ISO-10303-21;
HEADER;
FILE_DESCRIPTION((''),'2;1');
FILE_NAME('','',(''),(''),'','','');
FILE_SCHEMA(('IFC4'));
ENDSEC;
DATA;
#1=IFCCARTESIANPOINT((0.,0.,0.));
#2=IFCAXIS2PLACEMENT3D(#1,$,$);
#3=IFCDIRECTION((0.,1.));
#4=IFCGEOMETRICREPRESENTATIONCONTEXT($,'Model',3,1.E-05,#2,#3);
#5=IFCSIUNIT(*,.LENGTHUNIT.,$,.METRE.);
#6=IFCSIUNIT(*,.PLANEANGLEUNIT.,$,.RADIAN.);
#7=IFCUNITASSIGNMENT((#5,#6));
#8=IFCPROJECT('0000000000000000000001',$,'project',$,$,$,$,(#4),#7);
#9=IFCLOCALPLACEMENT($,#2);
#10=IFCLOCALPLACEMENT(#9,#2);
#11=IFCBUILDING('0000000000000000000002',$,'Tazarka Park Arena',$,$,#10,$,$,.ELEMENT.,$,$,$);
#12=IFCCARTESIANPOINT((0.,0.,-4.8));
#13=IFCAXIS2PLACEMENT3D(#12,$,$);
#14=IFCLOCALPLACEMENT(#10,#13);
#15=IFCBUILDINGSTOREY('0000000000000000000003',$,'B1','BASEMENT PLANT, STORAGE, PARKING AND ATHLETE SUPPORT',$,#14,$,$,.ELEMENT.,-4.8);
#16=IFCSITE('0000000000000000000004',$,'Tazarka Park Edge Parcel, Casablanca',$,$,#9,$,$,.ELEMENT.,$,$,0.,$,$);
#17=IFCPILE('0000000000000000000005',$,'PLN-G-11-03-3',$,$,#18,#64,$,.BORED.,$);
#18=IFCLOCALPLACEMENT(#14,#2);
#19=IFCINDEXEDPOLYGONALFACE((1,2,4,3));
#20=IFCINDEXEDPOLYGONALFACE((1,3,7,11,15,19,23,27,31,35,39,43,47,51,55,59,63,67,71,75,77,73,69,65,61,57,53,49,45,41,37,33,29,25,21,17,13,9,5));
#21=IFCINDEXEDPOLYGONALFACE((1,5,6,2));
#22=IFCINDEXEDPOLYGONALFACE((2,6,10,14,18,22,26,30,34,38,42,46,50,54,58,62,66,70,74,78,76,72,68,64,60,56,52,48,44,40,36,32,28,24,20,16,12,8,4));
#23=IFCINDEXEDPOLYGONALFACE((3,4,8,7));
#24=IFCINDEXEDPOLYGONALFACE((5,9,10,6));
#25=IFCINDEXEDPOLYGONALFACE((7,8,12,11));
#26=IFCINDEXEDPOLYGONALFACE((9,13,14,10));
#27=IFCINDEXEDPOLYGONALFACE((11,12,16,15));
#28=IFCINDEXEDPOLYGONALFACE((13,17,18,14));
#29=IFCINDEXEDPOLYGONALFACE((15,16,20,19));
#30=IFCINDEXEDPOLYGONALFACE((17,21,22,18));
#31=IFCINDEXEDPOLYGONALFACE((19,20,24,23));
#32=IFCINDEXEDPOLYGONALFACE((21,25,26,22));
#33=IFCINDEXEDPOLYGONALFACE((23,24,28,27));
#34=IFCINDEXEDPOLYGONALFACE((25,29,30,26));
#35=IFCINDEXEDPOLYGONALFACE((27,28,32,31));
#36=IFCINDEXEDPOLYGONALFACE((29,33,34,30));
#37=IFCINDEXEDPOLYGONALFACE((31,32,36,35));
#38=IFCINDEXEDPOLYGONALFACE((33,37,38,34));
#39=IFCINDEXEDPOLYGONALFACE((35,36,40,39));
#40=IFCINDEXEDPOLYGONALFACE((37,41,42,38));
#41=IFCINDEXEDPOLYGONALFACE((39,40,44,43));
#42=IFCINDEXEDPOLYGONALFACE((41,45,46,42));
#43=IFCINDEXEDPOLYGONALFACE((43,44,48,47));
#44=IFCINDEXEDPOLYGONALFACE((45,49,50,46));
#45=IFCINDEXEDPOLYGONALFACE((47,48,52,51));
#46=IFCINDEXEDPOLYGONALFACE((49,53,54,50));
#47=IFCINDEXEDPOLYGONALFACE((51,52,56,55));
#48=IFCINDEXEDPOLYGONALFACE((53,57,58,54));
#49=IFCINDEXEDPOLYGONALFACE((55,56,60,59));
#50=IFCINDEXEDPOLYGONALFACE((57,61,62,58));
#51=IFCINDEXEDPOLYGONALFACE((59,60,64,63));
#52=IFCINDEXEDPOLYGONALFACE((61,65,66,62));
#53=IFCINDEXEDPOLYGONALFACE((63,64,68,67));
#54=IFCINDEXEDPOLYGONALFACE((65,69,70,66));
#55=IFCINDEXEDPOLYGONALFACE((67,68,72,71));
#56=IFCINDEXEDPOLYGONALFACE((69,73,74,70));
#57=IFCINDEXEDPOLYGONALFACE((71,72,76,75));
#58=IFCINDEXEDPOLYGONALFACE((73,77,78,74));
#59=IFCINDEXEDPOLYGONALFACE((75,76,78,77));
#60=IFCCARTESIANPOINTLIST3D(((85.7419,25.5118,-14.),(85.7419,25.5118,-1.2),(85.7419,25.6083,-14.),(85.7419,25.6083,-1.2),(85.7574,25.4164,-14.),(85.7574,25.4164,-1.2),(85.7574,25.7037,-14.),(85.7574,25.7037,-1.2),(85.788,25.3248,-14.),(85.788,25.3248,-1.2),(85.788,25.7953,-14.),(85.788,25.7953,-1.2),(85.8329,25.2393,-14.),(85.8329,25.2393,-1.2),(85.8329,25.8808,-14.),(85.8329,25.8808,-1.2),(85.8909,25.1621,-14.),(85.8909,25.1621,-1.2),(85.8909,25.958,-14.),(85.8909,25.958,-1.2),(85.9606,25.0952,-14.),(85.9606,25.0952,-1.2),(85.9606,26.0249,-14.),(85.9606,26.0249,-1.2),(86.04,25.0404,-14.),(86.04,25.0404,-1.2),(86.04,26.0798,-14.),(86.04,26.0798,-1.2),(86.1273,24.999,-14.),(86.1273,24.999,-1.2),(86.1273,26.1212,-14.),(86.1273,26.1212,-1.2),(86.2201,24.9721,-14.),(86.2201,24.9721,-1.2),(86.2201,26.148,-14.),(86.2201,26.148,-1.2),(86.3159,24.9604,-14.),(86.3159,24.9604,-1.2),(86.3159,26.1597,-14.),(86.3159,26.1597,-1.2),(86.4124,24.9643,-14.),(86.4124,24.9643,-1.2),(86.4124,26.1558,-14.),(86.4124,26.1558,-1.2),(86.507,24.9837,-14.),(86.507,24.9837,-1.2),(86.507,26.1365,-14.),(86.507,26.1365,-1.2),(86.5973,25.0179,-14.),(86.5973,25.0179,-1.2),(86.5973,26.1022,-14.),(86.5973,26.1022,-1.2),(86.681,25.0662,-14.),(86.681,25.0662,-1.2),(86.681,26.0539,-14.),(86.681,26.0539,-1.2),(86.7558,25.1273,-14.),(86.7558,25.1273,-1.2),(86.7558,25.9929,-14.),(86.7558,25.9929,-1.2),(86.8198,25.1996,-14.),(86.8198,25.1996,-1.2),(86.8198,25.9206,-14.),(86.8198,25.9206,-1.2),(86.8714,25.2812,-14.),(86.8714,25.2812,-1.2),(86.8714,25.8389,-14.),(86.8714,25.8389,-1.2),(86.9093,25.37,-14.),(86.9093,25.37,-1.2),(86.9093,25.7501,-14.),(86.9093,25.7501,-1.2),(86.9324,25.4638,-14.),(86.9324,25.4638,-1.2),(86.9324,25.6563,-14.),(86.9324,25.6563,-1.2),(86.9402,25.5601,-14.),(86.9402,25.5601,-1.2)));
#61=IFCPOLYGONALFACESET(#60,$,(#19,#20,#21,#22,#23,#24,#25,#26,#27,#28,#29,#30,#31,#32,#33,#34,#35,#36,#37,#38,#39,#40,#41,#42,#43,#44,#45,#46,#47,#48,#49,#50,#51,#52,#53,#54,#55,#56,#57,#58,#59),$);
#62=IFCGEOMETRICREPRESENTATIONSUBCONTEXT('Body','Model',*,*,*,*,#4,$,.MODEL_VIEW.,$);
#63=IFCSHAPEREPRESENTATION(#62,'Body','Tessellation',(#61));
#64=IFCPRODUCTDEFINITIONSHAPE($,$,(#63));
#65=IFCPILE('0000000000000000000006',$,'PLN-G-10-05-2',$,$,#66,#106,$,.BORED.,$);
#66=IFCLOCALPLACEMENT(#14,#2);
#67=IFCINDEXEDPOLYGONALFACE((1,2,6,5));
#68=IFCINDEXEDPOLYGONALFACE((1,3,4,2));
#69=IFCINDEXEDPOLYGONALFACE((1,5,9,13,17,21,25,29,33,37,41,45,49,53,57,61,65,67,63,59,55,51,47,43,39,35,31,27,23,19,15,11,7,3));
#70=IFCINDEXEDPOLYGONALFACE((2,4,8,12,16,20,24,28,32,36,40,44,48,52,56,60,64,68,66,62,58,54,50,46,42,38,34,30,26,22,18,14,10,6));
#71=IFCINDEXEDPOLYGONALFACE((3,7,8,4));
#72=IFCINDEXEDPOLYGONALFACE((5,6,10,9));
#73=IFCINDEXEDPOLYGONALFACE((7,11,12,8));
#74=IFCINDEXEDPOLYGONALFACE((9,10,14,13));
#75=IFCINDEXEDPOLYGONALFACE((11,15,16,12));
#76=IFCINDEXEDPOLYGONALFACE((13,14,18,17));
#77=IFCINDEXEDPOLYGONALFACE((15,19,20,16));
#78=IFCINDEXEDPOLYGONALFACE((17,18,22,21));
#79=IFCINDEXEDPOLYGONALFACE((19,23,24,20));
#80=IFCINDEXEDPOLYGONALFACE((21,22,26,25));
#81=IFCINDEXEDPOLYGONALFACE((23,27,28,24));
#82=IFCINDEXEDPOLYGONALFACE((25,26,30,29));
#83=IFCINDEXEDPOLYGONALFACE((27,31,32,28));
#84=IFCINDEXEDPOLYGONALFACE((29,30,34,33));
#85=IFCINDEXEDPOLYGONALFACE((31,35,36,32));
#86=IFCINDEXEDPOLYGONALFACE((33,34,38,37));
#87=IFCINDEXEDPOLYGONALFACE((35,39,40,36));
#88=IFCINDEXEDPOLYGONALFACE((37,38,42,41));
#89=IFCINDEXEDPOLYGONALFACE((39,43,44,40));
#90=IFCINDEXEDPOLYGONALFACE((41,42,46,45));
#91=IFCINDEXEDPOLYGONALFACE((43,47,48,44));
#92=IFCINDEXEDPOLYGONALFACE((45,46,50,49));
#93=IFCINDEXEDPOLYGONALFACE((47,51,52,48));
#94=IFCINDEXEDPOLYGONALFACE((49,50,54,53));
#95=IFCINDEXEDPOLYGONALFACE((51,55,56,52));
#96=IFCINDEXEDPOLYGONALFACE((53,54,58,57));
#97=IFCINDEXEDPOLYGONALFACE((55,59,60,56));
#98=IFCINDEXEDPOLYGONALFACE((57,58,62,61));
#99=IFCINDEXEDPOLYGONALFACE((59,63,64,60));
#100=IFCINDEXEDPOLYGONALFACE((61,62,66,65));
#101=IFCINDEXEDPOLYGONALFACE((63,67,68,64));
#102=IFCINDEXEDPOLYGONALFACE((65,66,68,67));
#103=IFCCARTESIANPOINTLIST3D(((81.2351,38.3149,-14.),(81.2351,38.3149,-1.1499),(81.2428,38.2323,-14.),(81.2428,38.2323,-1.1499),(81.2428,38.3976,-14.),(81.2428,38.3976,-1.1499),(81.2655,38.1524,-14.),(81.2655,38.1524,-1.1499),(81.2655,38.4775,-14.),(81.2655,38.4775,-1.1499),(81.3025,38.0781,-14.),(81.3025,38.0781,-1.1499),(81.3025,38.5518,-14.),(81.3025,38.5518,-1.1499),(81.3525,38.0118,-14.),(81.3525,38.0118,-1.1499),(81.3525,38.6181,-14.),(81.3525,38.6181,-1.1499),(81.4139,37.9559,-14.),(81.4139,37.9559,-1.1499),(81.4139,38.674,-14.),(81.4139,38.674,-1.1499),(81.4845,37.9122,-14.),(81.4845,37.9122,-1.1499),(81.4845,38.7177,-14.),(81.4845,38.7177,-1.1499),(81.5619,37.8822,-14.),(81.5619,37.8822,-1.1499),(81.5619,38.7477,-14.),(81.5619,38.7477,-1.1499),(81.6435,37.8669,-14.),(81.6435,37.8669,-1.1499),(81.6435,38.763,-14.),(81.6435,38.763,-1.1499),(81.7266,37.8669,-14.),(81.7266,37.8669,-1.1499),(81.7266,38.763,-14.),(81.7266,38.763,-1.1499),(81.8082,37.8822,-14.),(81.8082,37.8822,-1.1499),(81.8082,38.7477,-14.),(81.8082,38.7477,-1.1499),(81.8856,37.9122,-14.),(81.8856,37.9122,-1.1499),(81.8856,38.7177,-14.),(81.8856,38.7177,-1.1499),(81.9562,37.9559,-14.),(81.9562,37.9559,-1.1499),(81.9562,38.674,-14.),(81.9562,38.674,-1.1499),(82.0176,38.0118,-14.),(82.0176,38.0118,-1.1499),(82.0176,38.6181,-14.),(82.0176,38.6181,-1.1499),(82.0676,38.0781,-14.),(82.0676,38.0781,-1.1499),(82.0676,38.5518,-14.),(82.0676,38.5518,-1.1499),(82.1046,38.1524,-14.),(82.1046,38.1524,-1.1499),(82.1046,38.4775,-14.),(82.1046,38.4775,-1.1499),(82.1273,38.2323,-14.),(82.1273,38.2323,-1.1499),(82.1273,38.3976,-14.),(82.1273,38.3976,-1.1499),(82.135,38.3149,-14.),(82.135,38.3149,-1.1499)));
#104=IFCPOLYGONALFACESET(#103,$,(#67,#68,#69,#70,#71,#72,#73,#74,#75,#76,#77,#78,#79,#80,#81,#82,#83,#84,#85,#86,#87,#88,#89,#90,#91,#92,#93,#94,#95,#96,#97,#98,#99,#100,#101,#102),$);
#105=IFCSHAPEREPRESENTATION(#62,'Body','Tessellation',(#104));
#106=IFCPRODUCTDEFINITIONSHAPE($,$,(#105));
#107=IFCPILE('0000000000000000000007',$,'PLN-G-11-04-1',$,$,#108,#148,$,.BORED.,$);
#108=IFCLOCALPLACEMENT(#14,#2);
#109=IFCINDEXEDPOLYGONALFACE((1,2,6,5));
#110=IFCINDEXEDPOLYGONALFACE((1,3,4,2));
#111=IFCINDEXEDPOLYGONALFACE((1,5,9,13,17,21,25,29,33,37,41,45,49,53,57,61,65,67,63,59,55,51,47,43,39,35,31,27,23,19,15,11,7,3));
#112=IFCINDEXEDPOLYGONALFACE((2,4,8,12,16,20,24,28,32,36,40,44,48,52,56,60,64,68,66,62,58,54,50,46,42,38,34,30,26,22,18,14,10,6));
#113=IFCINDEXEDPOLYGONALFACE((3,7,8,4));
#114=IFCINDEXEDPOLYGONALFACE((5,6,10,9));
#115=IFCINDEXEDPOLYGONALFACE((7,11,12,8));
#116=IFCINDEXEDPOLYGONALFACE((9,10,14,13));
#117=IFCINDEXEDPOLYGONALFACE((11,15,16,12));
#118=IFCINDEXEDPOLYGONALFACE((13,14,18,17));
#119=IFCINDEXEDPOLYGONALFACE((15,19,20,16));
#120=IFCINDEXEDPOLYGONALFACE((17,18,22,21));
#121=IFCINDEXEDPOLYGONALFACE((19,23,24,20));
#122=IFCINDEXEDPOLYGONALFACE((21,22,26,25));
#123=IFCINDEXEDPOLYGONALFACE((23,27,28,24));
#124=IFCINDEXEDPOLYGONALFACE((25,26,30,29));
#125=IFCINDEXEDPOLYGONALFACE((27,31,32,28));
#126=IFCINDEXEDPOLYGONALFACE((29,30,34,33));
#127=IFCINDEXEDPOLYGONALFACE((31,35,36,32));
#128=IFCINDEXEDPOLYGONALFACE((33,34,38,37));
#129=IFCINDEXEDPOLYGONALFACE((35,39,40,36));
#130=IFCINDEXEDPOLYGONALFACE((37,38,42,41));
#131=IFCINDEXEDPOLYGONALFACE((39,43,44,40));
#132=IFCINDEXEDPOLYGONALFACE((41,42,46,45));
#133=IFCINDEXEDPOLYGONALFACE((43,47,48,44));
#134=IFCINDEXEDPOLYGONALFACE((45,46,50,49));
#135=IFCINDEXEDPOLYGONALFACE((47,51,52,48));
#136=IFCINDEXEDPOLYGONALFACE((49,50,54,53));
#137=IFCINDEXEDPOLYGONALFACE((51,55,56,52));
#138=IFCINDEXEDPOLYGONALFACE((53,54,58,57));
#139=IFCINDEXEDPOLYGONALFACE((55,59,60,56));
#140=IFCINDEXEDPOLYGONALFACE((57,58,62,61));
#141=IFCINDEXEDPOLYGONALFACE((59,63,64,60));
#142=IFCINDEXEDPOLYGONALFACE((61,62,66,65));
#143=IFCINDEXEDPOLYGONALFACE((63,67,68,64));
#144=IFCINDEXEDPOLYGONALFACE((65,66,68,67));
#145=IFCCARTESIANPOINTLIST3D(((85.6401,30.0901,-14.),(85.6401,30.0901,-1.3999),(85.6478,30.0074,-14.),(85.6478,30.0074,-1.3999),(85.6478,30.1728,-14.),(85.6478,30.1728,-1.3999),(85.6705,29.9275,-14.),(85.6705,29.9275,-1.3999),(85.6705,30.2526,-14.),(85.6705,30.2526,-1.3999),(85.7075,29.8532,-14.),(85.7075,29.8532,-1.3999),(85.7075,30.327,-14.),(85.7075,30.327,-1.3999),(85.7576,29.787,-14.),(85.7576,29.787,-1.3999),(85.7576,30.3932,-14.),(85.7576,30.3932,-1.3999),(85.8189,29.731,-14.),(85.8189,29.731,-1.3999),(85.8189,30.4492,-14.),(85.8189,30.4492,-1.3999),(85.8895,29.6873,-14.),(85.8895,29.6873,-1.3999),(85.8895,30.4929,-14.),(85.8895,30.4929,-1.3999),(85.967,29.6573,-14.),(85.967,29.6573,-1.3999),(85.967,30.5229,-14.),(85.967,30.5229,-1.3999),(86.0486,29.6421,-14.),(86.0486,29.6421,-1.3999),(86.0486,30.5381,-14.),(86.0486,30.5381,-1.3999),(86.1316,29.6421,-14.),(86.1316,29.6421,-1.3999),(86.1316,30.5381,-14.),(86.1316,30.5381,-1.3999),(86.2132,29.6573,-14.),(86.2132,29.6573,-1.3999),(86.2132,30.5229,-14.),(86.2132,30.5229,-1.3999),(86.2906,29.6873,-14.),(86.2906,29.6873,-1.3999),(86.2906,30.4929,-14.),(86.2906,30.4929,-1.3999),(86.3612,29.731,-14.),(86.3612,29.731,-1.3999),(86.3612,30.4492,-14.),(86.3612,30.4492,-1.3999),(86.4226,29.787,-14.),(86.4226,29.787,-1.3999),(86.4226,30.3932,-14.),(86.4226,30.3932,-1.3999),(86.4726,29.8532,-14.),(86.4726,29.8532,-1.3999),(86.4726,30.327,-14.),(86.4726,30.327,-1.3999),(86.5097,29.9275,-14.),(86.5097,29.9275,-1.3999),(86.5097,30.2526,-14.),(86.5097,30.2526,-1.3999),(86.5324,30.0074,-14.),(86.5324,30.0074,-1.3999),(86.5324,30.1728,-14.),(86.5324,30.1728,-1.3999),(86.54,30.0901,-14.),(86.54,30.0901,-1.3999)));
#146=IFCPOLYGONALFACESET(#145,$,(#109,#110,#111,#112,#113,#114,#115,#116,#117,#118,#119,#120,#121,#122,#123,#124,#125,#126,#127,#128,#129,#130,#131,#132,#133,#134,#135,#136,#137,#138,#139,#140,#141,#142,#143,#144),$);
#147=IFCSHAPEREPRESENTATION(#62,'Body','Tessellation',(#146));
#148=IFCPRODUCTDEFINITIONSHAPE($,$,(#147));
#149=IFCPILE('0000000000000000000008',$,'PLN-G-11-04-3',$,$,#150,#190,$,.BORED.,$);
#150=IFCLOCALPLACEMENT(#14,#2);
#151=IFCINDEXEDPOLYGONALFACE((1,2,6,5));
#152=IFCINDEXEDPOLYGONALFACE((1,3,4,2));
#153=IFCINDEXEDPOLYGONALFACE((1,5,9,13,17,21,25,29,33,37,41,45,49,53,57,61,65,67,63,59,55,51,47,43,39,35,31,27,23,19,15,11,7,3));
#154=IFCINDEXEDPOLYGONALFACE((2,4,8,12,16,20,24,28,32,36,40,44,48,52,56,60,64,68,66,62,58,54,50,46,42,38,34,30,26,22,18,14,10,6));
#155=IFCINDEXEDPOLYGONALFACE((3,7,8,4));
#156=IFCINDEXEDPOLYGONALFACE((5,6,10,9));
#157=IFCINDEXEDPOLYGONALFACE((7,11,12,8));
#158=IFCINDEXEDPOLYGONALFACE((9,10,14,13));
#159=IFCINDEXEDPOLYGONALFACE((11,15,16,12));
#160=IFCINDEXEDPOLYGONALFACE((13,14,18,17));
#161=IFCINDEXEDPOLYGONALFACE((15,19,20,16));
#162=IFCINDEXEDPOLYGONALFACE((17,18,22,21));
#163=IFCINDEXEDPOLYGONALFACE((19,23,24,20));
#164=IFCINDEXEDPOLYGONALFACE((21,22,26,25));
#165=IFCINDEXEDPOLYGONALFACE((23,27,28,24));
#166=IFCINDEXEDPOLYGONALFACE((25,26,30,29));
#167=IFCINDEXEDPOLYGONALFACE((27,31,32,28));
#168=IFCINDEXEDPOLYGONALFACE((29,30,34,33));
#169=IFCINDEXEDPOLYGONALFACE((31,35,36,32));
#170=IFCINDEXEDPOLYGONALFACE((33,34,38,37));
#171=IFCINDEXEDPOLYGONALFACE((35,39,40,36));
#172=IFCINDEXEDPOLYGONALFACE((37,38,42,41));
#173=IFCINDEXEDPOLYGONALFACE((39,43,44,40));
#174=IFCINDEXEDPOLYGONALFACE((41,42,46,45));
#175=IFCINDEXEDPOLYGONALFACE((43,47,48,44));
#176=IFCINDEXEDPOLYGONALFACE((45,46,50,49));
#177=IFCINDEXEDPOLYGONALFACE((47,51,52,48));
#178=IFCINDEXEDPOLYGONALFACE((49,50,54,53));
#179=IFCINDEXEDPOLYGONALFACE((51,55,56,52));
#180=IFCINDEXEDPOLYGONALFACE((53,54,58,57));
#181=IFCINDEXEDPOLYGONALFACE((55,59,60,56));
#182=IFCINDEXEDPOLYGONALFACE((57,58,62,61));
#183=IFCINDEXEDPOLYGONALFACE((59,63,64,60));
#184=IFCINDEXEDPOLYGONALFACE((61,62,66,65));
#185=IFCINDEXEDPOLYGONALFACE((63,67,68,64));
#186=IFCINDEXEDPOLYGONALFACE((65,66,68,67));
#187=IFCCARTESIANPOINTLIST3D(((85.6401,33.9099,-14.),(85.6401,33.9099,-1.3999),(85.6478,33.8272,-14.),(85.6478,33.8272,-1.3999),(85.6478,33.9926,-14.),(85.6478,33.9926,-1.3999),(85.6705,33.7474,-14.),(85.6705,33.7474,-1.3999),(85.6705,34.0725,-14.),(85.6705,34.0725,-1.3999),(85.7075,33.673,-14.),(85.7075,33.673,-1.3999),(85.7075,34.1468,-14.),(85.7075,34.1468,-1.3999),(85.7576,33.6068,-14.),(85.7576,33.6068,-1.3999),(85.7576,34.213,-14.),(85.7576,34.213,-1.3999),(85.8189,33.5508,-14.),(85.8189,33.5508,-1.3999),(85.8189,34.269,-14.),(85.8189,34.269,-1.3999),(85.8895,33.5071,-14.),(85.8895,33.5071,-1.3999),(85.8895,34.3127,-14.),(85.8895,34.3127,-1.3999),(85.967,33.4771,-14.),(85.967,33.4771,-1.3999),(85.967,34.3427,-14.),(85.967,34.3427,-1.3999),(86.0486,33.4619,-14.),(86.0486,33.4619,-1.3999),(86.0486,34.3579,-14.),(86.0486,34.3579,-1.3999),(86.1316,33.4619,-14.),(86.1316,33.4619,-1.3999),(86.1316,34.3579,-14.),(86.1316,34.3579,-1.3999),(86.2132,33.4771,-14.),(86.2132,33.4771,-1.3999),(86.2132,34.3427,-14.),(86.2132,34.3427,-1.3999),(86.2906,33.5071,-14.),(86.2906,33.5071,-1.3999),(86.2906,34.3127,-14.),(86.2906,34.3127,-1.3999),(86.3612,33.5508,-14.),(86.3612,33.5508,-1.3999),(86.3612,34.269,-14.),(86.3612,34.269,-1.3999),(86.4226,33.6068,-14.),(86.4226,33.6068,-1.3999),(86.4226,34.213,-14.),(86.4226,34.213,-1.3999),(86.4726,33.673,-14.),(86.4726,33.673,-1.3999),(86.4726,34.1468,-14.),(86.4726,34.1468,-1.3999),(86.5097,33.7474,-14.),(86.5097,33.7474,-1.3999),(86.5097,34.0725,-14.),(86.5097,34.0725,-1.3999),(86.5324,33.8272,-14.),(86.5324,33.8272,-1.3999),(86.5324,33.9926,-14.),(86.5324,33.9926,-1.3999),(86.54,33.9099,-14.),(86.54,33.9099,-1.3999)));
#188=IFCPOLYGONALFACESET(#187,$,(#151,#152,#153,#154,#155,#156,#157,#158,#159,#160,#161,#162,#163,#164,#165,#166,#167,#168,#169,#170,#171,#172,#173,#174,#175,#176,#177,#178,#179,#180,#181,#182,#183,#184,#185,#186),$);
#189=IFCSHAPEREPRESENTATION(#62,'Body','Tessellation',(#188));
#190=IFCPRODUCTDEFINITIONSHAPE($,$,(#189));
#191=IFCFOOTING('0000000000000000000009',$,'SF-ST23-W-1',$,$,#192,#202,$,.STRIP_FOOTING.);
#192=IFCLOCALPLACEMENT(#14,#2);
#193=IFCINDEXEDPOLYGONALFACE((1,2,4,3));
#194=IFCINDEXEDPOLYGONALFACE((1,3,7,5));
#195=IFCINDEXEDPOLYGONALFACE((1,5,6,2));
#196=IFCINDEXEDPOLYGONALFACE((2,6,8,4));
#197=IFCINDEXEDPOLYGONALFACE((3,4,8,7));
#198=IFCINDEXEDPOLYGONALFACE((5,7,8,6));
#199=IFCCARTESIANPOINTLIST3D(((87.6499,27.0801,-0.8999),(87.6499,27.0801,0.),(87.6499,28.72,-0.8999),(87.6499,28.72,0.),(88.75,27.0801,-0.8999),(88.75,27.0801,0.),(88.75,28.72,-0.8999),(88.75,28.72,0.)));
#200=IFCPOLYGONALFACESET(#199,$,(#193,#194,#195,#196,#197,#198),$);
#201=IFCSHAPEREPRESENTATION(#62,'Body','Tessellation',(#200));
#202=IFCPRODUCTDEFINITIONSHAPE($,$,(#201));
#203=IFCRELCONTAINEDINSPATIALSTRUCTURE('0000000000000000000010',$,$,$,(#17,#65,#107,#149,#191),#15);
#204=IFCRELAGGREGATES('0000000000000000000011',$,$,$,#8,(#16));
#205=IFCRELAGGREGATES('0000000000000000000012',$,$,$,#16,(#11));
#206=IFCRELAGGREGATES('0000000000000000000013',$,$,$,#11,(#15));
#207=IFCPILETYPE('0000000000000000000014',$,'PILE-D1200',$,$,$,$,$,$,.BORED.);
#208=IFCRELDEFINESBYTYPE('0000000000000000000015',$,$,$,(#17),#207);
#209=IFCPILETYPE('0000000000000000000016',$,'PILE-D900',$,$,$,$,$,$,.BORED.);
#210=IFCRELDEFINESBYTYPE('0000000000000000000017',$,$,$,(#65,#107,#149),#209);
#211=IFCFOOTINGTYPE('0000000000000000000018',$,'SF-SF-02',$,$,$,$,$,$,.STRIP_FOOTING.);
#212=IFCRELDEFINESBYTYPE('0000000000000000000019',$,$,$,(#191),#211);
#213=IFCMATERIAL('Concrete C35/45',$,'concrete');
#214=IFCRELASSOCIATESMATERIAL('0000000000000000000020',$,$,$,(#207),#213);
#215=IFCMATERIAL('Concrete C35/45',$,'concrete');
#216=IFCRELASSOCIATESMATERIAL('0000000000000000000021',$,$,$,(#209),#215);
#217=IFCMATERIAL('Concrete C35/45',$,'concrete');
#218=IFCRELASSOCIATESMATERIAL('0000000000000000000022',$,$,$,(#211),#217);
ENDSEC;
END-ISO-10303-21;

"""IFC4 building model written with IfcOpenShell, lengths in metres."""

from ifc_helpers import new_model, si_unit, direction, frame, origin, origin_2d, place, context, subcontext, project, spatial, rectangle, circle, extrude, material, material_profile, profile_set, type_object, element, save


model = new_model("IFC4")

# Units and contexts
model_context = context("Model", 3, precision=1e-05, world=origin(), true_north=direction((0.0, 1.0)))
body_context = subcontext(model_context, "Body", "Model", "MODEL_VIEW")
ifc_project = project(units=[si_unit("LENGTHUNIT", "METRE"), si_unit("PLANEANGLEUNIT", "RADIAN")], contexts=[model_context])

# Site, building, storey
site_placement = place(None, origin())
site = spatial("IfcSite", under=ifc_project, at=site_placement, Name="Tazarka Park Edge Parcel, Casablanca", CompositionType="ELEMENT", RefElevation=0.0)
building_placement = place(site_placement, origin())
building = spatial("IfcBuilding", under=site, at=building_placement, Name="Tazarka Park Arena", CompositionType="ELEMENT")
storey_placement = place(building_placement, frame((0.0, 0.0, -4.8)))
storey = spatial("IfcBuildingStorey", under=building, at=storey_placement, Name="B1", Description="BASEMENT PLANT, STORAGE, PARKING AND ATHLETE SUPPORT", CompositionType="ELEMENT", Elevation=-4.8)

# Piles
ifc_material_1 = material(Name="Concrete C35/45", Category="concrete")
ifc_material_profile_1 = material_profile(ifc_material_1, circle(Radius=0.6001, at=origin_2d()), Name="Concrete C35/45")
ifc_profile_set_1 = profile_set([ifc_material_profile_1], Name="Concrete C35/45")
pile_type_1 = type_object("IfcPileType", Name="PILE-D1200", PredefinedType="BORED", material=ifc_profile_set_1)
pile_1_placement = place(storey_placement, frame((86.3401, 25.5601, -1.2), z_axis=(0.0, 0.0, -1.0), x_axis=(1.0, 0.0, 0.0)))
element("IfcPile", 1, at=pile_1_placement, inside=storey, type_object=pile_type_1, Name="PLN-G-11-03-3", PredefinedType="BORED", context=body_context, shape_type="SweptSolid", body=[
    extrude(circle(Radius=0.6001, at=origin_2d()), origin(), (0.0, 0.0, 1.0), 12.8),
])
ifc_material_2 = material(Name="Concrete C35/45", Category="concrete")
ifc_material_profile_2 = material_profile(ifc_material_2, circle(Radius=0.45, at=origin_2d()), Name="Concrete C35/45")
ifc_profile_set_2 = profile_set([ifc_material_profile_2], Name="Concrete C35/45")
pile_type_2 = type_object("IfcPileType", Name="PILE-D900", PredefinedType="BORED", material=ifc_profile_set_2)
pile_2_placement = place(storey_placement, frame((81.6851, 38.3149, -1.1499), z_axis=(0.0, 0.0, -1.0), x_axis=(1.0, 0.0, 0.0)))
element("IfcPile", 2, at=pile_2_placement, inside=storey, type_object=pile_type_2, Name="PLN-G-10-05-2", PredefinedType="BORED", context=body_context, shape_type="SweptSolid", body=[
    extrude(circle(Radius=0.45, at=origin_2d()), origin(), (0.0, 0.0, 1.0), 12.8501),
])
for number, where, z_axis, x_axis, name in (
    (3, (86.0901, 30.0901, -1.3999), (0.0, 0.0, -1.0), (1.0, 0.0, 0.0), "PLN-G-11-04-1"),
    (4, (86.0901, 33.9099, -1.3999), (0.0, 0.0, -1.0), (1.0, 0.0, 0.0), "PLN-G-11-04-3"),
):
    element("IfcPile", number, at=place(storey_placement, frame(where, z_axis=z_axis, x_axis=x_axis)), inside=storey, type_object=pile_type_2, Name=name, PredefinedType="BORED", context=body_context, shape_type="SweptSolid", body=[
        extrude(circle(Radius=0.45, at=origin_2d()), origin(), (0.0, 0.0, 1.0), 12.6001),
    ])

# Footing
ifc_material_3 = material(Name="Concrete C35/45", Category="concrete")
ifc_material_profile_3 = material_profile(ifc_material_3, rectangle(XDim=1.1001, YDim=0.8999, at=origin_2d()), Name="Concrete C35/45")
ifc_profile_set_3 = profile_set([ifc_material_profile_3], Name="Concrete C35/45")
footing_type_1 = type_object("IfcFootingType", Name="SF-SF-02", PredefinedType="STRIP_FOOTING", material=ifc_profile_set_3)
footing_1_placement = place(storey_placement, frame((88.2, 27.0801, -0.45), z_axis=(0.0, 1.0, 0.0), x_axis=(-1.0, 0.0, 0.0)))
element("IfcFooting", 5, at=footing_1_placement, inside=storey, type_object=footing_type_1, Name="SF-ST23-W-1", PredefinedType="STRIP_FOOTING", context=body_context, shape_type="SweptSolid", body=[
    extrude(rectangle(XDim=1.1001, YDim=0.8999, at=origin_2d()), origin(), (0.0, 0.0, 1.0), 1.6399),
])

save(model, "model.ifc")
